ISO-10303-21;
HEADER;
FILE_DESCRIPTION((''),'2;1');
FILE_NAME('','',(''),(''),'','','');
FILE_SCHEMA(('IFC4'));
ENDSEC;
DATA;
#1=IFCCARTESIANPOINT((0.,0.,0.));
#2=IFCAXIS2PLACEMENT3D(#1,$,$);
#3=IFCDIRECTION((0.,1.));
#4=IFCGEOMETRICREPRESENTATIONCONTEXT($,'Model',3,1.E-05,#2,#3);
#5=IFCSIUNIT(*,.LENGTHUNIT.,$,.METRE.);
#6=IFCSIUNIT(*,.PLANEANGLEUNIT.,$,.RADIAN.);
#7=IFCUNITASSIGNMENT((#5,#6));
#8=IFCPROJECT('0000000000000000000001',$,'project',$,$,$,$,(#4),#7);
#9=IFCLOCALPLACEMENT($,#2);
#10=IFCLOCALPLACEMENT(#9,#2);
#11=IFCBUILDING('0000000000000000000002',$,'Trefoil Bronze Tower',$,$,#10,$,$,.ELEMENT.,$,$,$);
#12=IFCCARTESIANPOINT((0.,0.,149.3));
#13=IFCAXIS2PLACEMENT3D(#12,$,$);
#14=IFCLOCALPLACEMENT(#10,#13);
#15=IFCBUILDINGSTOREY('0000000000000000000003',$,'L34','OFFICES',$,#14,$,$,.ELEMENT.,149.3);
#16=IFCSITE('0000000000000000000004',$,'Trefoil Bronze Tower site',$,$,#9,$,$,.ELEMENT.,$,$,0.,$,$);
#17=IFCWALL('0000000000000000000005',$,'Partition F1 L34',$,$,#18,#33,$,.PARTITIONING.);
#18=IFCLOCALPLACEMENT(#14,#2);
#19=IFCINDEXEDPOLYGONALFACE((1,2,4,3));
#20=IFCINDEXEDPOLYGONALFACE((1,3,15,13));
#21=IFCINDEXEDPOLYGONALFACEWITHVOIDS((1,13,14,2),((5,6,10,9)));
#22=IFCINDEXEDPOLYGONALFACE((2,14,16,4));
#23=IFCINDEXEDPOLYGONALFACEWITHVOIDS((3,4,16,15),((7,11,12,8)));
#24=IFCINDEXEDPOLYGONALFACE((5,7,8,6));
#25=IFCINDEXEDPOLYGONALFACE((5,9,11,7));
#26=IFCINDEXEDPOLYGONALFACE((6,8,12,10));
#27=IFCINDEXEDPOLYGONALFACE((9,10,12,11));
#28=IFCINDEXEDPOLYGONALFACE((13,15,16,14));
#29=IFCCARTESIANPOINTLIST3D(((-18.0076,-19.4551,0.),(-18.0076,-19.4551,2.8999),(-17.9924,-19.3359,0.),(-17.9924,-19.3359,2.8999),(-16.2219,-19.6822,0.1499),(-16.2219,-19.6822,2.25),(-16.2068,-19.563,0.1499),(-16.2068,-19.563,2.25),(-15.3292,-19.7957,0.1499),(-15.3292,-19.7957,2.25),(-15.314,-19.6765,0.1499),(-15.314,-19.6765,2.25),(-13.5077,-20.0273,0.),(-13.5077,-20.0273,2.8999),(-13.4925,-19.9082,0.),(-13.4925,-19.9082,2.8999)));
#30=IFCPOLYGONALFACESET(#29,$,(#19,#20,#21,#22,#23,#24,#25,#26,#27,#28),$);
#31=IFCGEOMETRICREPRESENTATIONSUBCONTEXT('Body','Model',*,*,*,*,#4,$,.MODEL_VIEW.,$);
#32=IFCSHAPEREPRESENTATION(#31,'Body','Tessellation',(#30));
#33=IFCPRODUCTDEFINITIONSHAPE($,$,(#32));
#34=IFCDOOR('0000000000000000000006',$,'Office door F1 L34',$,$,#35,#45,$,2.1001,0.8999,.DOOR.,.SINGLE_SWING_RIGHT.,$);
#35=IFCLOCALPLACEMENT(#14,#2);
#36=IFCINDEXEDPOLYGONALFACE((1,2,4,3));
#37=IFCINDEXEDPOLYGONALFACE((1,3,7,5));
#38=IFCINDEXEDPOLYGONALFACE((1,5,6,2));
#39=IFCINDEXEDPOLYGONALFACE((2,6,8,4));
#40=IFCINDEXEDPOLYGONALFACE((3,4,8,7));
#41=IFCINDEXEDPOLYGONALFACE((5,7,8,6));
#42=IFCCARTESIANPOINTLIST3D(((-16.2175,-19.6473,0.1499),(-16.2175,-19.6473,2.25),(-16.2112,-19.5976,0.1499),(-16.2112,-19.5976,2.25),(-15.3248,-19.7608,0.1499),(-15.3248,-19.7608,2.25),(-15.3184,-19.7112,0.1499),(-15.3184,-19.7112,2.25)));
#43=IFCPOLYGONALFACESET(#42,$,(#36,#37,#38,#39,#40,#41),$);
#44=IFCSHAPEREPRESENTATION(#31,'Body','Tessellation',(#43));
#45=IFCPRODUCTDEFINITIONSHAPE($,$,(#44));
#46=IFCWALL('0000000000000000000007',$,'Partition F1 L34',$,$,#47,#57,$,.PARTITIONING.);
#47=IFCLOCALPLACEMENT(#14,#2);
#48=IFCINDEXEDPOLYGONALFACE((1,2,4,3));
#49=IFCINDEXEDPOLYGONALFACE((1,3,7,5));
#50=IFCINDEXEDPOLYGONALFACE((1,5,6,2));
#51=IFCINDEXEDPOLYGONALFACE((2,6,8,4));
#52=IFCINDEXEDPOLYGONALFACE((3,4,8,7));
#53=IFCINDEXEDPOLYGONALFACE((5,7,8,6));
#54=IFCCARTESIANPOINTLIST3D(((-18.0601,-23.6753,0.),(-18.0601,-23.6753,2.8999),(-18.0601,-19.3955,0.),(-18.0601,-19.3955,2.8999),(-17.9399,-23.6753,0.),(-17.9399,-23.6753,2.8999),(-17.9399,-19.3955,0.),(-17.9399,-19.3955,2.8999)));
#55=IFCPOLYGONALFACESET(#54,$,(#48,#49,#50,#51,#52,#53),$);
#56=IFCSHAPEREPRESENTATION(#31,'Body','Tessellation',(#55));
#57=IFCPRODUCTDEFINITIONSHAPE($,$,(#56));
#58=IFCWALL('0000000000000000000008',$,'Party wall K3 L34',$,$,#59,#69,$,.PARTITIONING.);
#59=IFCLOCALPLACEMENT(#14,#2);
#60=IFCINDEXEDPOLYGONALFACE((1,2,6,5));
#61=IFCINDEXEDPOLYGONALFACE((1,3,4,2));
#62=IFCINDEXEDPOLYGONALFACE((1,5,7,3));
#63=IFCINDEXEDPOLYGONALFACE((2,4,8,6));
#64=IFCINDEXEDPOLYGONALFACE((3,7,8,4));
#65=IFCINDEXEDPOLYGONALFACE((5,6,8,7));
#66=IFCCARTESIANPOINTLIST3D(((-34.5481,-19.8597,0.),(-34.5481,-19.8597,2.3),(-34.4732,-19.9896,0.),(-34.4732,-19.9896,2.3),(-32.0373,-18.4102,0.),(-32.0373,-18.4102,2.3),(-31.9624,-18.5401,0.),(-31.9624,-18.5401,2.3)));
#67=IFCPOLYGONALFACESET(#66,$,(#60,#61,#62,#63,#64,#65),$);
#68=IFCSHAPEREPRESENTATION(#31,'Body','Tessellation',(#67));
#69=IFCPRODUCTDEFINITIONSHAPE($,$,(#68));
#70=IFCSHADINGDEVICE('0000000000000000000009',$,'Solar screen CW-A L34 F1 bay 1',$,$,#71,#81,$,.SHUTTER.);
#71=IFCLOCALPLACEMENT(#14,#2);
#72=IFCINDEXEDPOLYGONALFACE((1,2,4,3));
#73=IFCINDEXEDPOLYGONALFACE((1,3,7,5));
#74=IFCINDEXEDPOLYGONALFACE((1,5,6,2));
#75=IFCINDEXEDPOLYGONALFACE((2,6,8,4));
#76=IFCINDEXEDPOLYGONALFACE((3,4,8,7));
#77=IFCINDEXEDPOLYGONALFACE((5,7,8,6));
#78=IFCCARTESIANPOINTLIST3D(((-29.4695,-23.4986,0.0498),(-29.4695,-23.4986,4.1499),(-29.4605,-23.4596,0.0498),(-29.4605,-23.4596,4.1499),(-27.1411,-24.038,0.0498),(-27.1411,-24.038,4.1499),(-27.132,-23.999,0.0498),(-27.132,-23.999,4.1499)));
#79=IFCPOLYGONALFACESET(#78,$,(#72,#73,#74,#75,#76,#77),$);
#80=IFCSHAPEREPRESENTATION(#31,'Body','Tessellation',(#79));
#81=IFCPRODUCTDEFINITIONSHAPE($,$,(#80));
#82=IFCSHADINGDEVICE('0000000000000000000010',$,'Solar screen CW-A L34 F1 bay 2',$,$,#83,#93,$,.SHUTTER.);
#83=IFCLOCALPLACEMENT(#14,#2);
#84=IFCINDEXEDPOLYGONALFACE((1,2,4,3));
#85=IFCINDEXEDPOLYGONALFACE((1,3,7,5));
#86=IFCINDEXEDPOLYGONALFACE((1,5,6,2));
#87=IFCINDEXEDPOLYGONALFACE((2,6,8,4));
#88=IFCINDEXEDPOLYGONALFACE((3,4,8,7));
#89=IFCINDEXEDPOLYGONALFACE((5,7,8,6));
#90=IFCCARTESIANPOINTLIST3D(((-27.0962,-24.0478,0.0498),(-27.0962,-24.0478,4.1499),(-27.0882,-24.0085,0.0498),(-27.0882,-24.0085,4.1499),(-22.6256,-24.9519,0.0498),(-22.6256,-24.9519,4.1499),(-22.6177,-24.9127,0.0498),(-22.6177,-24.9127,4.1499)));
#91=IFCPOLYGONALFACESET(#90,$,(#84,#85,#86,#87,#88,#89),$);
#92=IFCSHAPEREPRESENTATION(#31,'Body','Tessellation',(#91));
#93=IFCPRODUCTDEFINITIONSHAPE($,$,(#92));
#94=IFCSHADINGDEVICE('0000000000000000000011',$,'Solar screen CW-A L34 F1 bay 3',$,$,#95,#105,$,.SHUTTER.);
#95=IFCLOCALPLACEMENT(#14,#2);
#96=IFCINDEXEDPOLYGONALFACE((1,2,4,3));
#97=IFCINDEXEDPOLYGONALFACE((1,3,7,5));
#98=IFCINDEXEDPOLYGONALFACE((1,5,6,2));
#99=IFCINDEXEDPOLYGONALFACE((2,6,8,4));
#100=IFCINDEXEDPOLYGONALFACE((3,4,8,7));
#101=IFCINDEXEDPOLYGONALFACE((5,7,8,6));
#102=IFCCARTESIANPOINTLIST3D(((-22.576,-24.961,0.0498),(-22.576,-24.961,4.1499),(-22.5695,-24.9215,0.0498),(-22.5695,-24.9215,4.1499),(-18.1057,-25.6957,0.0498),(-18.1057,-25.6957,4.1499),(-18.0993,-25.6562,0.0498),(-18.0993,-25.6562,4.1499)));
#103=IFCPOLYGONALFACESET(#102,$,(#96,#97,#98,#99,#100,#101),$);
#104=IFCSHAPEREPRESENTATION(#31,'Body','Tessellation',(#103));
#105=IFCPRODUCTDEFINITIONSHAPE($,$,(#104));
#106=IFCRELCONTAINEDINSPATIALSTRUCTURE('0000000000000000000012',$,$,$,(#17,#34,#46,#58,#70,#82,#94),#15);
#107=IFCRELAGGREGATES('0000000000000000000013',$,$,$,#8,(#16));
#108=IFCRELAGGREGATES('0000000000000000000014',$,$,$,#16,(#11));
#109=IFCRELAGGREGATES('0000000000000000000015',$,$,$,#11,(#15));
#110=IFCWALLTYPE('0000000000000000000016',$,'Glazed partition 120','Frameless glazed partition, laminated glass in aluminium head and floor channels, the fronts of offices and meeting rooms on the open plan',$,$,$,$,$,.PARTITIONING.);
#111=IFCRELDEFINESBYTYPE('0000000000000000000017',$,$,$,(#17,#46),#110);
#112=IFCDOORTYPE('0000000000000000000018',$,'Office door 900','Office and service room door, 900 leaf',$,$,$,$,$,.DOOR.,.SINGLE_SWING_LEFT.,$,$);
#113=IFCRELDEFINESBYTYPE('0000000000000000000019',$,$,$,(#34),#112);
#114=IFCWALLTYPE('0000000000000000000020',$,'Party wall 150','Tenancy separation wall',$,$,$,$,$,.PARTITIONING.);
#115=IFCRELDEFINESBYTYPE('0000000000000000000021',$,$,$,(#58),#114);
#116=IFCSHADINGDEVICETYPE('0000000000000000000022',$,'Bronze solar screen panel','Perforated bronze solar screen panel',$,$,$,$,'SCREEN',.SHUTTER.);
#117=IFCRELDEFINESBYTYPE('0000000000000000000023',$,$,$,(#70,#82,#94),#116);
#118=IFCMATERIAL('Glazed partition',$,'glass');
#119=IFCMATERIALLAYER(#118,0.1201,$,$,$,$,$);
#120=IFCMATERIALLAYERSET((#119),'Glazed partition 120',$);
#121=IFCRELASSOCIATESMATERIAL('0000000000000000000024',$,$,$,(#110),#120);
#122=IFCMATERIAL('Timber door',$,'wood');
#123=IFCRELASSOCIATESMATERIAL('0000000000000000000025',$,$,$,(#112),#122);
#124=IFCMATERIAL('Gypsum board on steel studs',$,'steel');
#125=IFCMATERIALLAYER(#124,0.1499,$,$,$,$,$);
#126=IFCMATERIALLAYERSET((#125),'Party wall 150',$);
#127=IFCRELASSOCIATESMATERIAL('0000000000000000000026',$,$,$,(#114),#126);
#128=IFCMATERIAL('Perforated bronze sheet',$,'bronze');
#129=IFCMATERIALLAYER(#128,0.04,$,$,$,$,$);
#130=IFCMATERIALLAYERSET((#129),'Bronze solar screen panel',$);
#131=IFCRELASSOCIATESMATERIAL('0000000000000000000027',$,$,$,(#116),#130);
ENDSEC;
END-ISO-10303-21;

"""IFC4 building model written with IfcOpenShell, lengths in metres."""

from ifc_helpers import new_model, si_unit, direction, frame, frame_2d, origin, origin_2d, place, context, subcontext, project, spatial, rectangle, extrude, material, layer, layer_set, type_object, element, fill, save


model = new_model("IFC4")

# Units and contexts
model_context = context("Model", 3, precision=1e-05, world=origin(), true_north=direction((0.0, 1.0)))
body_context = subcontext(model_context, "Body", "Model", "MODEL_VIEW")
ifc_project = project(units=[si_unit("LENGTHUNIT", "METRE"), si_unit("PLANEANGLEUNIT", "RADIAN")], contexts=[model_context])

# Site, building, storey
site_placement = place(None, origin())
site = spatial("IfcSite", under=ifc_project, at=site_placement, Name="Trefoil Bronze Tower site", CompositionType="ELEMENT", RefElevation=0.0)
building_placement = place(site_placement, origin())
building = spatial("IfcBuilding", under=site, at=building_placement, Name="Trefoil Bronze Tower", CompositionType="ELEMENT")
storey_placement = place(building_placement, frame((0.0, 0.0, 149.3)))
storey = spatial("IfcBuildingStorey", under=building, at=storey_placement, Name="L34", Description="OFFICES", CompositionType="ELEMENT", Elevation=149.3)

# Wall, opening, door
ifc_material_1 = material(Name="Glazed partition", Category="glass")
ifc_layer_1 = layer(ifc_material_1, 0.1201)
ifc_layer_set_1 = layer_set([ifc_layer_1], Name="Glazed partition 120")
wall_type_1 = type_object("IfcWallType", Name="Glazed partition 120", Description="Frameless glazed partition, laminated glass in aluminium head and floor channels, the fronts of offices and meeting rooms on the open plan", PredefinedType="PARTITIONING", material=ifc_layer_set_1)
wall_1_placement = place(storey_placement, frame((-18.0, -19.3955, 0.0), z_axis=(0.0, 0.0, 1.0), x_axis=(0.992011, -0.126154, 0.0)))
wall_1 = element("IfcWall", 1, at=wall_1_placement, inside=storey, type_object=wall_type_1, Name="Partition F1 L34", PredefinedType="PARTITIONING", context=body_context, shape_type="SweptSolid", body=[
    extrude(rectangle(XDim=4.5361, YDim=0.1201, at=frame_2d((2.2681, 0.0))), origin(), (0.0, 0.0, 1.0), 2.8999),
])
opening_placement = place(wall_1_placement, frame((1.8, 0.0, 0.1499)))
opening = element("IfcOpeningElement", 2, at=opening_placement, cuts=wall_1, PredefinedType="OPENING", context=body_context, shape_type="SweptSolid", body=[
    extrude(rectangle(XDim=0.8999, YDim=2.1001, at=frame_2d((0.45, 1.05))), frame((0.0, 0.0701, 0.0), z_axis=(0.0, -1.0, 0.0), x_axis=(1.0, 0.0, 0.0)), (0.0, 0.0, 1.0), 0.1401),
])
ifc_material_2 = material(Name="Timber door", Category="wood")
door_type = type_object("IfcDoorType", Name="Office door 900", Description="Office and service room door, 900 leaf", OperationType="SINGLE_SWING_LEFT", PredefinedType="DOOR", material=ifc_material_2)
door_placement = place(opening_placement, frame((0.8999, 0.0, 0.0), z_axis=(0.0, 0.0, 1.0), x_axis=(-1.0, 0.0, 0.0)))
door = element("IfcDoor", 3, at=door_placement, inside=storey, type_object=door_type, Name="Office door F1 L34", OperationType="SINGLE_SWING_RIGHT", OverallHeight=2.1001, OverallWidth=0.8999, PredefinedType="DOOR", context=body_context, shape_type="SweptSolid", body=[
    extrude(rectangle(XDim=0.8999, YDim=2.1001, at=frame_2d((0.45, 1.05))), frame((0.0, 0.0249, 0.0), z_axis=(0.0, -1.0, 0.0), x_axis=(1.0, 0.0, 0.0)), (0.0, 0.0, 1.0), 0.05),
])
fill(opening, door)

# Walls
wall_2_placement = place(storey_placement, frame((-18.0, -19.3955, 0.0), z_axis=(0.0, 0.0, 1.0), x_axis=(0.0, -1.0, 0.0)))
element("IfcWall", 4, at=wall_2_placement, inside=storey, type_object=wall_type_1, Name="Partition F1 L34", PredefinedType="PARTITIONING", context=body_context, shape_type="SweptSolid", body=[
    extrude(rectangle(XDim=4.2798, YDim=0.1201, at=frame_2d((2.1399, 0.0))), origin(), (0.0, 0.0, 1.0), 2.8999),
])
ifc_material_3 = material(Name="Gypsum board on steel studs", Category="steel")
ifc_layer_2 = layer(ifc_material_3, 0.1499)
ifc_layer_set_2 = layer_set([ifc_layer_2], Name="Party wall 150")
wall_type_2 = type_object("IfcWallType", Name="Party wall 150", Description="Tenancy separation wall", PredefinedType="PARTITIONING", material=ifc_layer_set_2)
wall_3_placement = place(storey_placement, frame((-31.9998, -18.4751, 0.0), z_axis=(0.0, 0.0, 1.0), x_axis=(-0.866043, -0.49997, 0.0)))
element("IfcWall", 5, at=wall_3_placement, inside=storey, type_object=wall_type_2, Name="Party wall K3 L34", PredefinedType="PARTITIONING", context=body_context, shape_type="SweptSolid", body=[
    extrude(rectangle(XDim=2.8992, YDim=0.1499, at=frame_2d((1.4497, 0.0))), origin(), (0.0, 0.0, 1.0), 2.3),
])

# Shading devices
ifc_material_4 = material(Name="Perforated bronze sheet", Category="bronze")
ifc_layer_3 = layer(ifc_material_4, 0.04)
ifc_layer_set_3 = layer_set([ifc_layer_3], Name="Bronze solar screen panel")
shading_device_type = type_object("IfcShadingDeviceType", Name="Bronze solar screen panel", Description="Perforated bronze solar screen panel", ElementType="SCREEN", PredefinedType="SHUTTER", material=ifc_layer_set_3)
shading_device_1_placement = place(storey_placement, frame((-28.3008, -23.7488, 0.0498), z_axis=(0.0, 0.0, 1.0), x_axis=(0.974204, -0.225667, 0.0)))
element("IfcShadingDevice", 6, at=shading_device_1_placement, inside=storey, type_object=shading_device_type, Name="Solar screen CW-A L34 F1 bay 1", PredefinedType="SHUTTER", context=body_context, shape_type="SweptSolid", body=[
    extrude(rectangle(XDim=2.3901, YDim=0.04, at=origin_2d()), origin(), (0.0, 0.0, 1.0), 4.1001),
])
shading_device_2_placement = place(storey_placement, frame((-24.8569, -24.4802, 0.0498), z_axis=(0.0, 0.0, 1.0), x_axis=(0.980155, -0.198232, 0.0)))
element("IfcShadingDevice", 7, at=shading_device_2_placement, inside=storey, type_object=shading_device_type, Name="Solar screen CW-A L34 F1 bay 2", PredefinedType="SHUTTER", context=body_context, shape_type="SweptSolid", body=[
    extrude(rectangle(XDim=4.561, YDim=0.04, at=origin_2d()), origin(), (0.0, 0.0, 1.0), 4.1001),
])
shading_device_3_placement = place(storey_placement, frame((-20.3376, -25.3086, 0.0498), z_axis=(0.0, 0.0, 1.0), x_axis=(0.98676, -0.162189, 0.0)))
element("IfcShadingDevice", 8, at=shading_device_3_placement, inside=storey, type_object=shading_device_type, Name="Solar screen CW-A L34 F1 bay 3", PredefinedType="SHUTTER", context=body_context, shape_type="SweptSolid", body=[
    extrude(rectangle(XDim=4.5303, YDim=0.04, at=origin_2d()), origin(), (0.0, 0.0, 1.0), 4.1001),
])

save(model, "model.ifc")
